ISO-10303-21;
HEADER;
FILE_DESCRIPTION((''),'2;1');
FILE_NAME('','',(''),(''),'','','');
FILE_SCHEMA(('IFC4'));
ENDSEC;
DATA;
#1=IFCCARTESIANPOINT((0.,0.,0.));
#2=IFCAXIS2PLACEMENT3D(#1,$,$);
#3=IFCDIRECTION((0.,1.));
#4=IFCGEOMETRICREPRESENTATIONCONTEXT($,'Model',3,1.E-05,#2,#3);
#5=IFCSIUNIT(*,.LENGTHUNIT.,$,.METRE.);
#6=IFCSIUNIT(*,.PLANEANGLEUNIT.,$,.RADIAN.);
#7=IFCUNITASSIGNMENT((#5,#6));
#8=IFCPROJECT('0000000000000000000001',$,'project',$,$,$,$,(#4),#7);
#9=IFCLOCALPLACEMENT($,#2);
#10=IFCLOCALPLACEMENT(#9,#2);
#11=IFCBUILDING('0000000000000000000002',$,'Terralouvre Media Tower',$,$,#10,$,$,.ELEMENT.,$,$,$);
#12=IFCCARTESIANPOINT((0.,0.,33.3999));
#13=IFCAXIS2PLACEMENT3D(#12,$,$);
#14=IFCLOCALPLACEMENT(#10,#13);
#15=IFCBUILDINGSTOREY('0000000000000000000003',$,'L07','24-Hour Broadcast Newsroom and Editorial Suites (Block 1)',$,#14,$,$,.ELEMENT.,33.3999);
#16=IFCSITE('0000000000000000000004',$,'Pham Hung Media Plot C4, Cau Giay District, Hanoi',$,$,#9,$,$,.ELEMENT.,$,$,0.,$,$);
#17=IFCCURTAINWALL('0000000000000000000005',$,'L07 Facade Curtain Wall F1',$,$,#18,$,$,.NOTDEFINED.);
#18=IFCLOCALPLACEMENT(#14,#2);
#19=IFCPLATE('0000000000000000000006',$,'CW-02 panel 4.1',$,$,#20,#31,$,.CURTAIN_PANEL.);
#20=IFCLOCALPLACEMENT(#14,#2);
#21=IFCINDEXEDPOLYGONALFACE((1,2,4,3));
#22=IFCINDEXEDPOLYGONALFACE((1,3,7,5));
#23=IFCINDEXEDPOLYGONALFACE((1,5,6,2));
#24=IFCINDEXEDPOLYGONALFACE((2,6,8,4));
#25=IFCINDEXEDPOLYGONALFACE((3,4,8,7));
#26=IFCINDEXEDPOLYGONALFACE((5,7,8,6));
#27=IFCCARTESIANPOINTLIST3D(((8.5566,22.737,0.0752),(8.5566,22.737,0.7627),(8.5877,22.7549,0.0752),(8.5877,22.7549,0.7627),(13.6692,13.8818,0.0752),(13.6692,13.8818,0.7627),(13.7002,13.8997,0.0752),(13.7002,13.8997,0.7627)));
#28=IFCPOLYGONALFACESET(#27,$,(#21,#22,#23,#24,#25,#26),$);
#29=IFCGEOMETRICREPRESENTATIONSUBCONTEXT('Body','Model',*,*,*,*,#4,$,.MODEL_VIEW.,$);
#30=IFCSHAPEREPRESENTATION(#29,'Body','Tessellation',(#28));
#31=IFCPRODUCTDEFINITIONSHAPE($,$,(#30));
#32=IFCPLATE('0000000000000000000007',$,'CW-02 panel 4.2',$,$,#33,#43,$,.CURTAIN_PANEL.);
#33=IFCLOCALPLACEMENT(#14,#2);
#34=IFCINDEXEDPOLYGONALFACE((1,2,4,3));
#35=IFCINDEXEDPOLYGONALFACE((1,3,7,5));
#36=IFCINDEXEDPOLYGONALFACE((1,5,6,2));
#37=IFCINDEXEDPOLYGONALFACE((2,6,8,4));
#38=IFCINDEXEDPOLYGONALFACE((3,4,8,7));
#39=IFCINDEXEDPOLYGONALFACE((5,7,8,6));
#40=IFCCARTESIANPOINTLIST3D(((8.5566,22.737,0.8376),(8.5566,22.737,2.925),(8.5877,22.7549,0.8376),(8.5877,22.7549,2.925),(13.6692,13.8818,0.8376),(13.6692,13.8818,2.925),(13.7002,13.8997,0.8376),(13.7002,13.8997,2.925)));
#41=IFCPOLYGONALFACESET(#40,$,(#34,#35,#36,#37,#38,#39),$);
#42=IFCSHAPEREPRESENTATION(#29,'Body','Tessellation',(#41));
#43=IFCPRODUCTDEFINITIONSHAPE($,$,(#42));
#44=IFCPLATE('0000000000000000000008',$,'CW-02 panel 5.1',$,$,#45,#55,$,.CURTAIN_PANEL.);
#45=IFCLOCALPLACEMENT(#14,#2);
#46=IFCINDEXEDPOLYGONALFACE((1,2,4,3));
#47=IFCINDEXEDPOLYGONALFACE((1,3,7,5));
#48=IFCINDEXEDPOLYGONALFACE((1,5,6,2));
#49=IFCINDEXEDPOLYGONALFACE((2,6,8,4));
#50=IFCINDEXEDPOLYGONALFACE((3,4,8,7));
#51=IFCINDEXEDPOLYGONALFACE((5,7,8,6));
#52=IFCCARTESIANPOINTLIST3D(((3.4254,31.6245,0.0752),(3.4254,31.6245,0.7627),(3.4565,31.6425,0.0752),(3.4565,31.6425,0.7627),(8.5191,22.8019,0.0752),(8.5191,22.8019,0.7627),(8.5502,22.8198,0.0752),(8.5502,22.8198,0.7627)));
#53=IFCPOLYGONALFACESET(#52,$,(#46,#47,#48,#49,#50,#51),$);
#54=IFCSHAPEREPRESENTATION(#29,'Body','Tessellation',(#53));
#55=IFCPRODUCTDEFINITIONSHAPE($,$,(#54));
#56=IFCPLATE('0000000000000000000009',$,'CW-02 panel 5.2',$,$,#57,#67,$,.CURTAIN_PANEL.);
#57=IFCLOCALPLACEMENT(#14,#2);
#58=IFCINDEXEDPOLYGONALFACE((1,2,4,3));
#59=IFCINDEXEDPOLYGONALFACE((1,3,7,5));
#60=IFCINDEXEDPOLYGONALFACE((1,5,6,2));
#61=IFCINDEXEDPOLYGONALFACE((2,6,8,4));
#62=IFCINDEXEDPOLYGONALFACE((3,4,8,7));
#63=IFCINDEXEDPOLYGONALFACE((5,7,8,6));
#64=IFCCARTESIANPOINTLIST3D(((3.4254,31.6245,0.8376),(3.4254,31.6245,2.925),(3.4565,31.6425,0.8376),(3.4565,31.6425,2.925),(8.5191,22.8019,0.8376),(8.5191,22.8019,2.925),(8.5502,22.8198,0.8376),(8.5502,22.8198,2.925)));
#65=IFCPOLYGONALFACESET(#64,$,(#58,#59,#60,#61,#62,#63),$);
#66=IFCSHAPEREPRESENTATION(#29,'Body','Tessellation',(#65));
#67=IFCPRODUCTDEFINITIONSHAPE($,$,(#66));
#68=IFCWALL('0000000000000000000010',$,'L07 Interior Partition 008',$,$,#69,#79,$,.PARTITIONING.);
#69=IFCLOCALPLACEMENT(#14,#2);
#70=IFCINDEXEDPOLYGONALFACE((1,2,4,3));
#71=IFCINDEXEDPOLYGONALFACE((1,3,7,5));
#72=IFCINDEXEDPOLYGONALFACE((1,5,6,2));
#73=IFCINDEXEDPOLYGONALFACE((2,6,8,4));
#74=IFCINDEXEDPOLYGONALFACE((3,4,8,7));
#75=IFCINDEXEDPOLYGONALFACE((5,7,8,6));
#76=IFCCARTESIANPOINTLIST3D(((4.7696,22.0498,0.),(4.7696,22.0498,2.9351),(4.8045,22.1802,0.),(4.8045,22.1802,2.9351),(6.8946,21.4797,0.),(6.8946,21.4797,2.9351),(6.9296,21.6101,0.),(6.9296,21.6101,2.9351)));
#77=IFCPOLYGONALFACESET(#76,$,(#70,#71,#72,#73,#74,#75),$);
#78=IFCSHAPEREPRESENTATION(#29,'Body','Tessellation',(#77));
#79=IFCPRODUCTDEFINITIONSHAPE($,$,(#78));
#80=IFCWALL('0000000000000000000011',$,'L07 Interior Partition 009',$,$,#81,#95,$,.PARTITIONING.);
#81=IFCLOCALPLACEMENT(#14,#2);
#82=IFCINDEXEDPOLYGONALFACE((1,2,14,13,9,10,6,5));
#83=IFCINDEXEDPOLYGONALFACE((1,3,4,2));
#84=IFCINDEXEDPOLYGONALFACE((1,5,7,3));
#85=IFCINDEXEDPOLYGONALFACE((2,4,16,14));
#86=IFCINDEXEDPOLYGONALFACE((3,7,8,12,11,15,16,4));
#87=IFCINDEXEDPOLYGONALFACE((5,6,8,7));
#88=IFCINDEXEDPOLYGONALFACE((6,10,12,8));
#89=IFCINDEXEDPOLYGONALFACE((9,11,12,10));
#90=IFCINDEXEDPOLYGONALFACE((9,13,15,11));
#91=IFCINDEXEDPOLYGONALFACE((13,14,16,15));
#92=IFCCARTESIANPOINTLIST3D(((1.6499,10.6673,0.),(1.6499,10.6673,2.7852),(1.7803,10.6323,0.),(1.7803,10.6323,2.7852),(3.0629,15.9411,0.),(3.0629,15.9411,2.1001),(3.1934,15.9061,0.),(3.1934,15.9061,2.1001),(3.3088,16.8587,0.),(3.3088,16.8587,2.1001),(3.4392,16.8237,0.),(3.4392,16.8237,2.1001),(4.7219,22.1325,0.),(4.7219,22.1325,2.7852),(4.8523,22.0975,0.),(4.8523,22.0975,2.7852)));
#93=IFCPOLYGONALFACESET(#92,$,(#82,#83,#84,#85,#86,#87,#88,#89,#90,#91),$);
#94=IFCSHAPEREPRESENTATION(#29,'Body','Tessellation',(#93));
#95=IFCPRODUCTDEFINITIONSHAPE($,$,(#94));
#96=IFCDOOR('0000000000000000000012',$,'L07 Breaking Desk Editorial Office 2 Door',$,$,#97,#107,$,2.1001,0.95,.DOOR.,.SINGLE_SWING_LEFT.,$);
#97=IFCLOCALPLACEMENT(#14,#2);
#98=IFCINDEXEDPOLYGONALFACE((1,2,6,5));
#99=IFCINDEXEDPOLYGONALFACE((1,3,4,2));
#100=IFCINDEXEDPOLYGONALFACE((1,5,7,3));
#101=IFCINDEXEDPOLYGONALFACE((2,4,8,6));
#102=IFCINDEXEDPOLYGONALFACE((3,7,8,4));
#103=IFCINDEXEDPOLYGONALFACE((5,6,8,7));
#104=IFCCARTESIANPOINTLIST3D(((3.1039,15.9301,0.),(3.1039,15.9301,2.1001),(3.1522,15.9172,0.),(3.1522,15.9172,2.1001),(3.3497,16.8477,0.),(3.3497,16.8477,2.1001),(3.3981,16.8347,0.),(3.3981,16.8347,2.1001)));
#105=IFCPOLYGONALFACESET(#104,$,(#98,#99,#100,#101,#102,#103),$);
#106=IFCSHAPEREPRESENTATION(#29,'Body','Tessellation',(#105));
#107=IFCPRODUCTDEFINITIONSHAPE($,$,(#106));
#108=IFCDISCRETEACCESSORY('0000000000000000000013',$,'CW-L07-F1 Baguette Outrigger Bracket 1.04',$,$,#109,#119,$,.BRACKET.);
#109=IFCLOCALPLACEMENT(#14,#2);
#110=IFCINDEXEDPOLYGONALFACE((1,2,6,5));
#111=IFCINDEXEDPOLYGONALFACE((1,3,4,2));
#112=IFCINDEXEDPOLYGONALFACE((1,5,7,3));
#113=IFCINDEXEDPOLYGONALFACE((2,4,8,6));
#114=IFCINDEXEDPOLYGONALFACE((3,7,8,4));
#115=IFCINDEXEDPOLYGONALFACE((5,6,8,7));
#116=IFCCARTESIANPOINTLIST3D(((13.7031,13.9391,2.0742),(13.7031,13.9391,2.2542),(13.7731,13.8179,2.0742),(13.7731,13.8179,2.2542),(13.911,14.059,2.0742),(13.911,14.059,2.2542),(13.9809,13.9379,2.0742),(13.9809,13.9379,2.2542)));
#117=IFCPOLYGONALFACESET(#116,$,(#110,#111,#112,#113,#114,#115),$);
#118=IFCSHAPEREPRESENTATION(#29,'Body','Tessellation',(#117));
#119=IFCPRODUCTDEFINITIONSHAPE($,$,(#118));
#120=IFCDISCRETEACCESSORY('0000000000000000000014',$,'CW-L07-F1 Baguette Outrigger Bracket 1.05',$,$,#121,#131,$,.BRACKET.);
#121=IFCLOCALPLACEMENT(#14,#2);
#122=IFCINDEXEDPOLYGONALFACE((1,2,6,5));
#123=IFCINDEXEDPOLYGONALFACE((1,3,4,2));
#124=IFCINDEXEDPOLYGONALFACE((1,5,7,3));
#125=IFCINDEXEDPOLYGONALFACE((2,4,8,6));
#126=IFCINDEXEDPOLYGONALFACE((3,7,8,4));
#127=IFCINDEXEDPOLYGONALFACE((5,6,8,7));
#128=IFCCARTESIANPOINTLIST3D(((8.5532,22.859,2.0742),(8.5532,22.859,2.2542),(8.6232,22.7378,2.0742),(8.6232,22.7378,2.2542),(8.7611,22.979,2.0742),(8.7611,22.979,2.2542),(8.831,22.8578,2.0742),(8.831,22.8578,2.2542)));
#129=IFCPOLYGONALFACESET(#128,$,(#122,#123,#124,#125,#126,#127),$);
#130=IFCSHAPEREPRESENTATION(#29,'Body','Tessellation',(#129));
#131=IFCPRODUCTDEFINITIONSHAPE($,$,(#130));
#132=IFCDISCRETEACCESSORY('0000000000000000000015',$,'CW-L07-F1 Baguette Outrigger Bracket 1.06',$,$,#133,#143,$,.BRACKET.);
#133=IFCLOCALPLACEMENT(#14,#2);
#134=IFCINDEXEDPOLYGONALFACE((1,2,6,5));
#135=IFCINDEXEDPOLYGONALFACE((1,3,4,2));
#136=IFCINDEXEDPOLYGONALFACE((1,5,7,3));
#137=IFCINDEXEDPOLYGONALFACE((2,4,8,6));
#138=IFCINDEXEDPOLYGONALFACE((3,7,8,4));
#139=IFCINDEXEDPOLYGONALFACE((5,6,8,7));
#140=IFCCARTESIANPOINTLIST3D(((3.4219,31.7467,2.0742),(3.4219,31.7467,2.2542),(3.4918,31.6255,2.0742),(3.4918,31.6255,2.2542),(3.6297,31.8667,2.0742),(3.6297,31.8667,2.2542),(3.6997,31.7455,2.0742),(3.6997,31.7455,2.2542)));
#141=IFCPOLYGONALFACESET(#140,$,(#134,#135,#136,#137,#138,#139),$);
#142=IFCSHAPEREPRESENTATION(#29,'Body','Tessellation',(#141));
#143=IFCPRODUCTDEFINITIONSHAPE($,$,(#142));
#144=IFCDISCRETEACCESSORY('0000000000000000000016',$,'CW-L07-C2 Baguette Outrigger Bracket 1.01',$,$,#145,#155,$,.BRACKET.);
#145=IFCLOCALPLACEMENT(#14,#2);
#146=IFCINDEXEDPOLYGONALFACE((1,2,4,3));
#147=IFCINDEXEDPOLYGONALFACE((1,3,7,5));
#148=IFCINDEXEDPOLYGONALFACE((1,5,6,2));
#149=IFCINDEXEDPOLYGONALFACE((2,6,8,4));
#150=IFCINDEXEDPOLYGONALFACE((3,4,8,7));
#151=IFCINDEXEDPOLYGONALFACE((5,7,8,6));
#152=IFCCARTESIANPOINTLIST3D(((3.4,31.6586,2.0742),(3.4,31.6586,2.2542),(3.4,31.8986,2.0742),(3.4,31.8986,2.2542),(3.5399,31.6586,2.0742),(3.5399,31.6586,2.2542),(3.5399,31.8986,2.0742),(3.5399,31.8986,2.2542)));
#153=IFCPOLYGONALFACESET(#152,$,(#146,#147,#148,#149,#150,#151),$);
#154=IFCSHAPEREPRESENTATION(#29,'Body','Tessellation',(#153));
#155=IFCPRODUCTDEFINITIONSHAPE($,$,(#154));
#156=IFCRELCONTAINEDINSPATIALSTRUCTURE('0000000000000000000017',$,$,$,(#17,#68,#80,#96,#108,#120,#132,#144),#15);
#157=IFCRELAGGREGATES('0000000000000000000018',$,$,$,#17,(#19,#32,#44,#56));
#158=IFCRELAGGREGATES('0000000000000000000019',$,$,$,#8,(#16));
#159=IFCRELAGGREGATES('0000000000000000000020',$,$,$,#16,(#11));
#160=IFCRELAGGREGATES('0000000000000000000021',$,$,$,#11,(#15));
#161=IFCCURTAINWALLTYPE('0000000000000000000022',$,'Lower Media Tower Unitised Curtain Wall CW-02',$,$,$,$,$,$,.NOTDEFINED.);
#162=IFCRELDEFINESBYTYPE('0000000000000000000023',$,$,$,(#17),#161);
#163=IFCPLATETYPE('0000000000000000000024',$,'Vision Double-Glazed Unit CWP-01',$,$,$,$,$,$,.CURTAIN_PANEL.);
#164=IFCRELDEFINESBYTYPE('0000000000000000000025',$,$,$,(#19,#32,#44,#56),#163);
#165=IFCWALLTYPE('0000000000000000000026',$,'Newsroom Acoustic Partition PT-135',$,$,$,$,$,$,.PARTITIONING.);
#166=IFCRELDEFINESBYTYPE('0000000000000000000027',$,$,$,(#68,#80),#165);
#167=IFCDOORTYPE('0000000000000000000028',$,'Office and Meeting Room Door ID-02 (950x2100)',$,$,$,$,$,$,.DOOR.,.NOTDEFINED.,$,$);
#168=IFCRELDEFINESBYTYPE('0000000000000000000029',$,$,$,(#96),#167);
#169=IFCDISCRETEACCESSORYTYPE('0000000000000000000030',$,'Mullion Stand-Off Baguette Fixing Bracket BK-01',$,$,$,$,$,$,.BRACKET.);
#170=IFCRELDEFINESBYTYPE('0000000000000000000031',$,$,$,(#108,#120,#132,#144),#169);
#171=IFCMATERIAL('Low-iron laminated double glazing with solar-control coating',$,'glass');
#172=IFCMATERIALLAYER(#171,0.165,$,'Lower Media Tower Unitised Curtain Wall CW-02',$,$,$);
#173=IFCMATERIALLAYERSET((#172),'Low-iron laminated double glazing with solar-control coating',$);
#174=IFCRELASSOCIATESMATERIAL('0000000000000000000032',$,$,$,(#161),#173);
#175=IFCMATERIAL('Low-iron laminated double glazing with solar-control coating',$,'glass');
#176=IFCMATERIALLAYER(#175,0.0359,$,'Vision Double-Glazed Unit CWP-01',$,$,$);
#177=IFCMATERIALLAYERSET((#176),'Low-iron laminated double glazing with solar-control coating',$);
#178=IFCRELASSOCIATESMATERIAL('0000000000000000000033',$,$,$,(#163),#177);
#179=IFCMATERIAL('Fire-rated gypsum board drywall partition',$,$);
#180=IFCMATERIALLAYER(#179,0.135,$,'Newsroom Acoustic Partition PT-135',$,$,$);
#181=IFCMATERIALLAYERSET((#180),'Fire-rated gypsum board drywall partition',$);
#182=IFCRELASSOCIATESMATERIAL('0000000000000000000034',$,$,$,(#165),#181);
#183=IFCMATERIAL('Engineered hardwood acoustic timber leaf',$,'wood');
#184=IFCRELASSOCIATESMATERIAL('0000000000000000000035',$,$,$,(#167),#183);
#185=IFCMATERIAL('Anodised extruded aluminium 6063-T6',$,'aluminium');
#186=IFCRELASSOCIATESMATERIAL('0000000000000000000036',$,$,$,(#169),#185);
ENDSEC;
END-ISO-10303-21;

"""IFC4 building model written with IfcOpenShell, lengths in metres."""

from ifc_helpers import new_model, si_unit, direction, frame, frame_2d, origin, origin_2d, place, context, subcontext, project, spatial, rectangle, extrude, material, layer, layer_set, type_object, element, fill, aggregate, save


model = new_model("IFC4")

# Units and contexts
model_context = context("Model", 3, precision=1e-05, world=origin(), true_north=direction((0.0, 1.0)))
body_context = subcontext(model_context, "Body", "Model", "MODEL_VIEW")
ifc_project = project(units=[si_unit("LENGTHUNIT", "METRE"), si_unit("PLANEANGLEUNIT", "RADIAN")], contexts=[model_context])

# Site, building, storey
site_placement = place(None, origin())
site = spatial("IfcSite", under=ifc_project, at=site_placement, Name="Pham Hung Media Plot C4, Cau Giay District, Hanoi", CompositionType="ELEMENT", RefElevation=0.0)
building_placement = place(site_placement, origin())
building = spatial("IfcBuilding", under=site, at=building_placement, Name="Terralouvre Media Tower", CompositionType="ELEMENT")
storey_placement = place(building_placement, frame((0.0, 0.0, 33.3999)))
storey = spatial("IfcBuildingStorey", under=building, at=storey_placement, Name="L07", Description="24-Hour Broadcast Newsroom and Editorial Suites (Block 1)", CompositionType="ELEMENT", Elevation=33.3999)

# Curtain wall
ifc_material_1 = material(Name="Low-iron laminated double glazing with solar-control coating", Category="glass")
ifc_layer_1 = layer(ifc_material_1, 0.165, Name="Lower Media Tower Unitised Curtain Wall CW-02")
ifc_layer_set_1 = layer_set([ifc_layer_1], Name="Low-iron laminated double glazing with solar-control coating")
curtain_wall_type_1 = type_object("IfcCurtainWallType", Name="Lower Media Tower Unitised Curtain Wall CW-02", PredefinedType="NOTDEFINED", material=ifc_layer_set_1)
curtain_wall_1_placement = place(storey_placement, origin())
curtain_wall_1 = element("IfcCurtainWall", 1, at=curtain_wall_1_placement, inside=storey, type_object=curtain_wall_type_1, Name="L07 Facade Curtain Wall F1", PredefinedType="NOTDEFINED")

# Plates
ifc_material_2 = material(Name="Low-iron laminated double glazing with solar-control coating", Category="glass")
ifc_layer_2 = layer(ifc_material_2, 0.0359, Name="Vision Double-Glazed Unit CWP-01")
ifc_layer_set_2 = layer_set([ifc_layer_2], Name="Low-iron laminated double glazing with solar-control coating")
plate_type = type_object("IfcPlateType", Name="Vision Double-Glazed Unit CWP-01", PredefinedType="CURTAIN_PANEL", material=ifc_layer_set_2)
plate_1_placement = place(storey_placement, frame((11.1284, 18.3184, 0.0752), z_axis=(0.0, 0.0, 1.0), x_axis=(-0.5, 0.866025, 0.0)))
plate_1 = element("IfcPlate", 2, at=plate_1_placement, type_object=plate_type, Name="CW-02 panel 4.1", PredefinedType="CURTAIN_PANEL", context=body_context, shape_type="SweptSolid", body=[
    extrude(rectangle(XDim=10.2251, YDim=0.0359, at=origin_2d()), origin(), (0.0, 0.0, 1.0), 0.6875),
])
plate_2_placement = place(storey_placement, frame((11.1284, 18.3184, 0.8376), z_axis=(0.0, 0.0, 1.0), x_axis=(-0.5, 0.866025, 0.0)))
plate_2 = element("IfcPlate", 3, at=plate_2_placement, type_object=plate_type, Name="CW-02 panel 4.2", PredefinedType="CURTAIN_PANEL", context=body_context, shape_type="SweptSolid", body=[
    extrude(rectangle(XDim=10.2251, YDim=0.0359, at=origin_2d()), origin(), (0.0, 0.0, 1.0), 2.0874),
])
plate_3_placement = place(storey_placement, frame((5.9878, 27.2222, 0.0752), z_axis=(0.0, 0.0, 1.0), x_axis=(-0.5, 0.866025, 0.0)))
plate_3 = element("IfcPlate", 4, at=plate_3_placement, type_object=plate_type, Name="CW-02 panel 5.1", PredefinedType="CURTAIN_PANEL", context=body_context, shape_type="SweptSolid", body=[
    extrude(rectangle(XDim=10.1875, YDim=0.0359, at=origin_2d()), origin(), (0.0, 0.0, 1.0), 0.6875),
])
plate_4_placement = place(storey_placement, frame((5.9878, 27.2222, 0.8376), z_axis=(0.0, 0.0, 1.0), x_axis=(-0.5, 0.866025, 0.0)))
plate_4 = element("IfcPlate", 5, at=plate_4_placement, type_object=plate_type, Name="CW-02 panel 5.2", PredefinedType="CURTAIN_PANEL", context=body_context, shape_type="SweptSolid", body=[
    extrude(rectangle(XDim=10.1875, YDim=0.0359, at=origin_2d()), origin(), (0.0, 0.0, 1.0), 2.0874),
])
aggregate(curtain_wall_1, [plate_1, plate_2, plate_3, plate_4])

# Wall
ifc_material_3 = material(Name="Fire-rated gypsum board drywall partition")
ifc_layer_3 = layer(ifc_material_3, 0.135, Name="Newsroom Acoustic Partition PT-135")
ifc_layer_set_3 = layer_set([ifc_layer_3], Name="Fire-rated gypsum board drywall partition")
wall_type = type_object("IfcWallType", Name="Newsroom Acoustic Partition PT-135", PredefinedType="PARTITIONING", material=ifc_layer_set_3)
wall_1_placement = place(storey_placement, frame((6.9121, 21.5449, 0.0), z_axis=(0.0, 0.0, 1.0), x_axis=(-0.965849, 0.259106, 0.0)))
element("IfcWall", 6, at=wall_1_placement, inside=storey, type_object=wall_type, Name="L07 Interior Partition 008", PredefinedType="PARTITIONING", context=body_context, shape_type="SweptSolid", body=[
    extrude(rectangle(XDim=2.2002, YDim=0.135, at=frame_2d((1.1001, 0.0))), origin(), (0.0, 0.0, 1.0), 2.9351),
])

# Wall, opening, door
wall_2_placement = place(storey_placement, frame((4.7871, 22.115, 0.0), z_axis=(0.0, 0.0, 1.0), x_axis=(-0.258816, -0.965927, 0.0)))
wall_2 = element("IfcWall", 7, at=wall_2_placement, inside=storey, type_object=wall_type, Name="L07 Interior Partition 009", PredefinedType="PARTITIONING", context=body_context, shape_type="SweptSolid", body=[
    extrude(rectangle(XDim=11.8696, YDim=0.135, at=frame_2d((5.9348, 0.0))), origin(), (0.0, 0.0, 1.0), 2.7852),
])
opening_placement = place(wall_2_placement, frame((5.4597, 0.0, 0.0)))
opening = element("IfcOpeningElement", 8, at=opening_placement, cuts=wall_2, PredefinedType="OPENING", context=body_context, shape_type="SweptSolid", body=[
    extrude(rectangle(XDim=0.95, YDim=2.1001, at=frame_2d((0.4751, 1.05))), frame((0.0, 0.0774, 0.0), z_axis=(0.0, -1.0, 0.0), x_axis=(1.0, 0.0, 0.0)), (0.0, 0.0, 1.0), 0.155),
])
ifc_material_4 = material(Name="Engineered hardwood acoustic timber leaf", Category="wood")
door_type = type_object("IfcDoorType", Name="Office and Meeting Room Door ID-02 (950x2100)", OperationType="NOTDEFINED", PredefinedType="DOOR", material=ifc_material_4)
door_placement = place(opening_placement, origin())
door = element("IfcDoor", 9, at=door_placement, inside=storey, type_object=door_type, Name="L07 Breaking Desk Editorial Office 2 Door", OperationType="SINGLE_SWING_LEFT", OverallHeight=2.1001, OverallWidth=0.95, PredefinedType="DOOR", context=body_context, shape_type="SweptSolid", body=[
    extrude(rectangle(XDim=0.95, YDim=2.1001, at=frame_2d((0.4751, 1.05))), frame((0.0, 0.0249, 0.0), z_axis=(0.0, -1.0, 0.0), x_axis=(1.0, 0.0, 0.0)), (0.0, 0.0, 1.0), 0.05),
])
fill(opening, door)

# Discrete accessories
ifc_material_5 = material(Name="Anodised extruded aluminium 6063-T6", Category="aluminium")
discrete_accessory_type = type_object("IfcDiscreteAccessoryType", Name="Mullion Stand-Off Baguette Fixing Bracket BK-01", PredefinedType="BRACKET", material=ifc_material_5)
for number, where, z_axis, x_axis, name in (
    (10, (13.842, 13.9385, 2.0742), (0.0, 0.0, 1.0), (-0.5, 0.866025, 0.0), "CW-L07-F1 Baguette Outrigger Bracket 1.04"),
    (11, (8.6921, 22.8584, 2.0742), (0.0, 0.0, 1.0), (-0.5, 0.866025, 0.0), "CW-L07-F1 Baguette Outrigger Bracket 1.05"),
    (12, (3.5608, 31.7461, 2.0742), (0.0, 0.0, 1.0), (-0.5, 0.866025, 0.0), "CW-L07-F1 Baguette Outrigger Bracket 1.06"),
    (13, (3.47, 31.7786, 2.0742), (0.0, 0.0, 1.0), (-1.0, 0.0, 0.0), "CW-L07-C2 Baguette Outrigger Bracket 1.01"),
):
    element("IfcDiscreteAccessory", number, at=place(storey_placement, frame(where, z_axis=z_axis, x_axis=x_axis)), inside=storey, type_object=discrete_accessory_type, Name=name, PredefinedType="BRACKET", context=body_context, shape_type="SweptSolid", body=[
        extrude(rectangle(XDim=0.1399, YDim=0.24, at=origin_2d()), origin(), (0.0, 0.0, 1.0), 0.1799),
    ])

save(model, "model.ifc")
